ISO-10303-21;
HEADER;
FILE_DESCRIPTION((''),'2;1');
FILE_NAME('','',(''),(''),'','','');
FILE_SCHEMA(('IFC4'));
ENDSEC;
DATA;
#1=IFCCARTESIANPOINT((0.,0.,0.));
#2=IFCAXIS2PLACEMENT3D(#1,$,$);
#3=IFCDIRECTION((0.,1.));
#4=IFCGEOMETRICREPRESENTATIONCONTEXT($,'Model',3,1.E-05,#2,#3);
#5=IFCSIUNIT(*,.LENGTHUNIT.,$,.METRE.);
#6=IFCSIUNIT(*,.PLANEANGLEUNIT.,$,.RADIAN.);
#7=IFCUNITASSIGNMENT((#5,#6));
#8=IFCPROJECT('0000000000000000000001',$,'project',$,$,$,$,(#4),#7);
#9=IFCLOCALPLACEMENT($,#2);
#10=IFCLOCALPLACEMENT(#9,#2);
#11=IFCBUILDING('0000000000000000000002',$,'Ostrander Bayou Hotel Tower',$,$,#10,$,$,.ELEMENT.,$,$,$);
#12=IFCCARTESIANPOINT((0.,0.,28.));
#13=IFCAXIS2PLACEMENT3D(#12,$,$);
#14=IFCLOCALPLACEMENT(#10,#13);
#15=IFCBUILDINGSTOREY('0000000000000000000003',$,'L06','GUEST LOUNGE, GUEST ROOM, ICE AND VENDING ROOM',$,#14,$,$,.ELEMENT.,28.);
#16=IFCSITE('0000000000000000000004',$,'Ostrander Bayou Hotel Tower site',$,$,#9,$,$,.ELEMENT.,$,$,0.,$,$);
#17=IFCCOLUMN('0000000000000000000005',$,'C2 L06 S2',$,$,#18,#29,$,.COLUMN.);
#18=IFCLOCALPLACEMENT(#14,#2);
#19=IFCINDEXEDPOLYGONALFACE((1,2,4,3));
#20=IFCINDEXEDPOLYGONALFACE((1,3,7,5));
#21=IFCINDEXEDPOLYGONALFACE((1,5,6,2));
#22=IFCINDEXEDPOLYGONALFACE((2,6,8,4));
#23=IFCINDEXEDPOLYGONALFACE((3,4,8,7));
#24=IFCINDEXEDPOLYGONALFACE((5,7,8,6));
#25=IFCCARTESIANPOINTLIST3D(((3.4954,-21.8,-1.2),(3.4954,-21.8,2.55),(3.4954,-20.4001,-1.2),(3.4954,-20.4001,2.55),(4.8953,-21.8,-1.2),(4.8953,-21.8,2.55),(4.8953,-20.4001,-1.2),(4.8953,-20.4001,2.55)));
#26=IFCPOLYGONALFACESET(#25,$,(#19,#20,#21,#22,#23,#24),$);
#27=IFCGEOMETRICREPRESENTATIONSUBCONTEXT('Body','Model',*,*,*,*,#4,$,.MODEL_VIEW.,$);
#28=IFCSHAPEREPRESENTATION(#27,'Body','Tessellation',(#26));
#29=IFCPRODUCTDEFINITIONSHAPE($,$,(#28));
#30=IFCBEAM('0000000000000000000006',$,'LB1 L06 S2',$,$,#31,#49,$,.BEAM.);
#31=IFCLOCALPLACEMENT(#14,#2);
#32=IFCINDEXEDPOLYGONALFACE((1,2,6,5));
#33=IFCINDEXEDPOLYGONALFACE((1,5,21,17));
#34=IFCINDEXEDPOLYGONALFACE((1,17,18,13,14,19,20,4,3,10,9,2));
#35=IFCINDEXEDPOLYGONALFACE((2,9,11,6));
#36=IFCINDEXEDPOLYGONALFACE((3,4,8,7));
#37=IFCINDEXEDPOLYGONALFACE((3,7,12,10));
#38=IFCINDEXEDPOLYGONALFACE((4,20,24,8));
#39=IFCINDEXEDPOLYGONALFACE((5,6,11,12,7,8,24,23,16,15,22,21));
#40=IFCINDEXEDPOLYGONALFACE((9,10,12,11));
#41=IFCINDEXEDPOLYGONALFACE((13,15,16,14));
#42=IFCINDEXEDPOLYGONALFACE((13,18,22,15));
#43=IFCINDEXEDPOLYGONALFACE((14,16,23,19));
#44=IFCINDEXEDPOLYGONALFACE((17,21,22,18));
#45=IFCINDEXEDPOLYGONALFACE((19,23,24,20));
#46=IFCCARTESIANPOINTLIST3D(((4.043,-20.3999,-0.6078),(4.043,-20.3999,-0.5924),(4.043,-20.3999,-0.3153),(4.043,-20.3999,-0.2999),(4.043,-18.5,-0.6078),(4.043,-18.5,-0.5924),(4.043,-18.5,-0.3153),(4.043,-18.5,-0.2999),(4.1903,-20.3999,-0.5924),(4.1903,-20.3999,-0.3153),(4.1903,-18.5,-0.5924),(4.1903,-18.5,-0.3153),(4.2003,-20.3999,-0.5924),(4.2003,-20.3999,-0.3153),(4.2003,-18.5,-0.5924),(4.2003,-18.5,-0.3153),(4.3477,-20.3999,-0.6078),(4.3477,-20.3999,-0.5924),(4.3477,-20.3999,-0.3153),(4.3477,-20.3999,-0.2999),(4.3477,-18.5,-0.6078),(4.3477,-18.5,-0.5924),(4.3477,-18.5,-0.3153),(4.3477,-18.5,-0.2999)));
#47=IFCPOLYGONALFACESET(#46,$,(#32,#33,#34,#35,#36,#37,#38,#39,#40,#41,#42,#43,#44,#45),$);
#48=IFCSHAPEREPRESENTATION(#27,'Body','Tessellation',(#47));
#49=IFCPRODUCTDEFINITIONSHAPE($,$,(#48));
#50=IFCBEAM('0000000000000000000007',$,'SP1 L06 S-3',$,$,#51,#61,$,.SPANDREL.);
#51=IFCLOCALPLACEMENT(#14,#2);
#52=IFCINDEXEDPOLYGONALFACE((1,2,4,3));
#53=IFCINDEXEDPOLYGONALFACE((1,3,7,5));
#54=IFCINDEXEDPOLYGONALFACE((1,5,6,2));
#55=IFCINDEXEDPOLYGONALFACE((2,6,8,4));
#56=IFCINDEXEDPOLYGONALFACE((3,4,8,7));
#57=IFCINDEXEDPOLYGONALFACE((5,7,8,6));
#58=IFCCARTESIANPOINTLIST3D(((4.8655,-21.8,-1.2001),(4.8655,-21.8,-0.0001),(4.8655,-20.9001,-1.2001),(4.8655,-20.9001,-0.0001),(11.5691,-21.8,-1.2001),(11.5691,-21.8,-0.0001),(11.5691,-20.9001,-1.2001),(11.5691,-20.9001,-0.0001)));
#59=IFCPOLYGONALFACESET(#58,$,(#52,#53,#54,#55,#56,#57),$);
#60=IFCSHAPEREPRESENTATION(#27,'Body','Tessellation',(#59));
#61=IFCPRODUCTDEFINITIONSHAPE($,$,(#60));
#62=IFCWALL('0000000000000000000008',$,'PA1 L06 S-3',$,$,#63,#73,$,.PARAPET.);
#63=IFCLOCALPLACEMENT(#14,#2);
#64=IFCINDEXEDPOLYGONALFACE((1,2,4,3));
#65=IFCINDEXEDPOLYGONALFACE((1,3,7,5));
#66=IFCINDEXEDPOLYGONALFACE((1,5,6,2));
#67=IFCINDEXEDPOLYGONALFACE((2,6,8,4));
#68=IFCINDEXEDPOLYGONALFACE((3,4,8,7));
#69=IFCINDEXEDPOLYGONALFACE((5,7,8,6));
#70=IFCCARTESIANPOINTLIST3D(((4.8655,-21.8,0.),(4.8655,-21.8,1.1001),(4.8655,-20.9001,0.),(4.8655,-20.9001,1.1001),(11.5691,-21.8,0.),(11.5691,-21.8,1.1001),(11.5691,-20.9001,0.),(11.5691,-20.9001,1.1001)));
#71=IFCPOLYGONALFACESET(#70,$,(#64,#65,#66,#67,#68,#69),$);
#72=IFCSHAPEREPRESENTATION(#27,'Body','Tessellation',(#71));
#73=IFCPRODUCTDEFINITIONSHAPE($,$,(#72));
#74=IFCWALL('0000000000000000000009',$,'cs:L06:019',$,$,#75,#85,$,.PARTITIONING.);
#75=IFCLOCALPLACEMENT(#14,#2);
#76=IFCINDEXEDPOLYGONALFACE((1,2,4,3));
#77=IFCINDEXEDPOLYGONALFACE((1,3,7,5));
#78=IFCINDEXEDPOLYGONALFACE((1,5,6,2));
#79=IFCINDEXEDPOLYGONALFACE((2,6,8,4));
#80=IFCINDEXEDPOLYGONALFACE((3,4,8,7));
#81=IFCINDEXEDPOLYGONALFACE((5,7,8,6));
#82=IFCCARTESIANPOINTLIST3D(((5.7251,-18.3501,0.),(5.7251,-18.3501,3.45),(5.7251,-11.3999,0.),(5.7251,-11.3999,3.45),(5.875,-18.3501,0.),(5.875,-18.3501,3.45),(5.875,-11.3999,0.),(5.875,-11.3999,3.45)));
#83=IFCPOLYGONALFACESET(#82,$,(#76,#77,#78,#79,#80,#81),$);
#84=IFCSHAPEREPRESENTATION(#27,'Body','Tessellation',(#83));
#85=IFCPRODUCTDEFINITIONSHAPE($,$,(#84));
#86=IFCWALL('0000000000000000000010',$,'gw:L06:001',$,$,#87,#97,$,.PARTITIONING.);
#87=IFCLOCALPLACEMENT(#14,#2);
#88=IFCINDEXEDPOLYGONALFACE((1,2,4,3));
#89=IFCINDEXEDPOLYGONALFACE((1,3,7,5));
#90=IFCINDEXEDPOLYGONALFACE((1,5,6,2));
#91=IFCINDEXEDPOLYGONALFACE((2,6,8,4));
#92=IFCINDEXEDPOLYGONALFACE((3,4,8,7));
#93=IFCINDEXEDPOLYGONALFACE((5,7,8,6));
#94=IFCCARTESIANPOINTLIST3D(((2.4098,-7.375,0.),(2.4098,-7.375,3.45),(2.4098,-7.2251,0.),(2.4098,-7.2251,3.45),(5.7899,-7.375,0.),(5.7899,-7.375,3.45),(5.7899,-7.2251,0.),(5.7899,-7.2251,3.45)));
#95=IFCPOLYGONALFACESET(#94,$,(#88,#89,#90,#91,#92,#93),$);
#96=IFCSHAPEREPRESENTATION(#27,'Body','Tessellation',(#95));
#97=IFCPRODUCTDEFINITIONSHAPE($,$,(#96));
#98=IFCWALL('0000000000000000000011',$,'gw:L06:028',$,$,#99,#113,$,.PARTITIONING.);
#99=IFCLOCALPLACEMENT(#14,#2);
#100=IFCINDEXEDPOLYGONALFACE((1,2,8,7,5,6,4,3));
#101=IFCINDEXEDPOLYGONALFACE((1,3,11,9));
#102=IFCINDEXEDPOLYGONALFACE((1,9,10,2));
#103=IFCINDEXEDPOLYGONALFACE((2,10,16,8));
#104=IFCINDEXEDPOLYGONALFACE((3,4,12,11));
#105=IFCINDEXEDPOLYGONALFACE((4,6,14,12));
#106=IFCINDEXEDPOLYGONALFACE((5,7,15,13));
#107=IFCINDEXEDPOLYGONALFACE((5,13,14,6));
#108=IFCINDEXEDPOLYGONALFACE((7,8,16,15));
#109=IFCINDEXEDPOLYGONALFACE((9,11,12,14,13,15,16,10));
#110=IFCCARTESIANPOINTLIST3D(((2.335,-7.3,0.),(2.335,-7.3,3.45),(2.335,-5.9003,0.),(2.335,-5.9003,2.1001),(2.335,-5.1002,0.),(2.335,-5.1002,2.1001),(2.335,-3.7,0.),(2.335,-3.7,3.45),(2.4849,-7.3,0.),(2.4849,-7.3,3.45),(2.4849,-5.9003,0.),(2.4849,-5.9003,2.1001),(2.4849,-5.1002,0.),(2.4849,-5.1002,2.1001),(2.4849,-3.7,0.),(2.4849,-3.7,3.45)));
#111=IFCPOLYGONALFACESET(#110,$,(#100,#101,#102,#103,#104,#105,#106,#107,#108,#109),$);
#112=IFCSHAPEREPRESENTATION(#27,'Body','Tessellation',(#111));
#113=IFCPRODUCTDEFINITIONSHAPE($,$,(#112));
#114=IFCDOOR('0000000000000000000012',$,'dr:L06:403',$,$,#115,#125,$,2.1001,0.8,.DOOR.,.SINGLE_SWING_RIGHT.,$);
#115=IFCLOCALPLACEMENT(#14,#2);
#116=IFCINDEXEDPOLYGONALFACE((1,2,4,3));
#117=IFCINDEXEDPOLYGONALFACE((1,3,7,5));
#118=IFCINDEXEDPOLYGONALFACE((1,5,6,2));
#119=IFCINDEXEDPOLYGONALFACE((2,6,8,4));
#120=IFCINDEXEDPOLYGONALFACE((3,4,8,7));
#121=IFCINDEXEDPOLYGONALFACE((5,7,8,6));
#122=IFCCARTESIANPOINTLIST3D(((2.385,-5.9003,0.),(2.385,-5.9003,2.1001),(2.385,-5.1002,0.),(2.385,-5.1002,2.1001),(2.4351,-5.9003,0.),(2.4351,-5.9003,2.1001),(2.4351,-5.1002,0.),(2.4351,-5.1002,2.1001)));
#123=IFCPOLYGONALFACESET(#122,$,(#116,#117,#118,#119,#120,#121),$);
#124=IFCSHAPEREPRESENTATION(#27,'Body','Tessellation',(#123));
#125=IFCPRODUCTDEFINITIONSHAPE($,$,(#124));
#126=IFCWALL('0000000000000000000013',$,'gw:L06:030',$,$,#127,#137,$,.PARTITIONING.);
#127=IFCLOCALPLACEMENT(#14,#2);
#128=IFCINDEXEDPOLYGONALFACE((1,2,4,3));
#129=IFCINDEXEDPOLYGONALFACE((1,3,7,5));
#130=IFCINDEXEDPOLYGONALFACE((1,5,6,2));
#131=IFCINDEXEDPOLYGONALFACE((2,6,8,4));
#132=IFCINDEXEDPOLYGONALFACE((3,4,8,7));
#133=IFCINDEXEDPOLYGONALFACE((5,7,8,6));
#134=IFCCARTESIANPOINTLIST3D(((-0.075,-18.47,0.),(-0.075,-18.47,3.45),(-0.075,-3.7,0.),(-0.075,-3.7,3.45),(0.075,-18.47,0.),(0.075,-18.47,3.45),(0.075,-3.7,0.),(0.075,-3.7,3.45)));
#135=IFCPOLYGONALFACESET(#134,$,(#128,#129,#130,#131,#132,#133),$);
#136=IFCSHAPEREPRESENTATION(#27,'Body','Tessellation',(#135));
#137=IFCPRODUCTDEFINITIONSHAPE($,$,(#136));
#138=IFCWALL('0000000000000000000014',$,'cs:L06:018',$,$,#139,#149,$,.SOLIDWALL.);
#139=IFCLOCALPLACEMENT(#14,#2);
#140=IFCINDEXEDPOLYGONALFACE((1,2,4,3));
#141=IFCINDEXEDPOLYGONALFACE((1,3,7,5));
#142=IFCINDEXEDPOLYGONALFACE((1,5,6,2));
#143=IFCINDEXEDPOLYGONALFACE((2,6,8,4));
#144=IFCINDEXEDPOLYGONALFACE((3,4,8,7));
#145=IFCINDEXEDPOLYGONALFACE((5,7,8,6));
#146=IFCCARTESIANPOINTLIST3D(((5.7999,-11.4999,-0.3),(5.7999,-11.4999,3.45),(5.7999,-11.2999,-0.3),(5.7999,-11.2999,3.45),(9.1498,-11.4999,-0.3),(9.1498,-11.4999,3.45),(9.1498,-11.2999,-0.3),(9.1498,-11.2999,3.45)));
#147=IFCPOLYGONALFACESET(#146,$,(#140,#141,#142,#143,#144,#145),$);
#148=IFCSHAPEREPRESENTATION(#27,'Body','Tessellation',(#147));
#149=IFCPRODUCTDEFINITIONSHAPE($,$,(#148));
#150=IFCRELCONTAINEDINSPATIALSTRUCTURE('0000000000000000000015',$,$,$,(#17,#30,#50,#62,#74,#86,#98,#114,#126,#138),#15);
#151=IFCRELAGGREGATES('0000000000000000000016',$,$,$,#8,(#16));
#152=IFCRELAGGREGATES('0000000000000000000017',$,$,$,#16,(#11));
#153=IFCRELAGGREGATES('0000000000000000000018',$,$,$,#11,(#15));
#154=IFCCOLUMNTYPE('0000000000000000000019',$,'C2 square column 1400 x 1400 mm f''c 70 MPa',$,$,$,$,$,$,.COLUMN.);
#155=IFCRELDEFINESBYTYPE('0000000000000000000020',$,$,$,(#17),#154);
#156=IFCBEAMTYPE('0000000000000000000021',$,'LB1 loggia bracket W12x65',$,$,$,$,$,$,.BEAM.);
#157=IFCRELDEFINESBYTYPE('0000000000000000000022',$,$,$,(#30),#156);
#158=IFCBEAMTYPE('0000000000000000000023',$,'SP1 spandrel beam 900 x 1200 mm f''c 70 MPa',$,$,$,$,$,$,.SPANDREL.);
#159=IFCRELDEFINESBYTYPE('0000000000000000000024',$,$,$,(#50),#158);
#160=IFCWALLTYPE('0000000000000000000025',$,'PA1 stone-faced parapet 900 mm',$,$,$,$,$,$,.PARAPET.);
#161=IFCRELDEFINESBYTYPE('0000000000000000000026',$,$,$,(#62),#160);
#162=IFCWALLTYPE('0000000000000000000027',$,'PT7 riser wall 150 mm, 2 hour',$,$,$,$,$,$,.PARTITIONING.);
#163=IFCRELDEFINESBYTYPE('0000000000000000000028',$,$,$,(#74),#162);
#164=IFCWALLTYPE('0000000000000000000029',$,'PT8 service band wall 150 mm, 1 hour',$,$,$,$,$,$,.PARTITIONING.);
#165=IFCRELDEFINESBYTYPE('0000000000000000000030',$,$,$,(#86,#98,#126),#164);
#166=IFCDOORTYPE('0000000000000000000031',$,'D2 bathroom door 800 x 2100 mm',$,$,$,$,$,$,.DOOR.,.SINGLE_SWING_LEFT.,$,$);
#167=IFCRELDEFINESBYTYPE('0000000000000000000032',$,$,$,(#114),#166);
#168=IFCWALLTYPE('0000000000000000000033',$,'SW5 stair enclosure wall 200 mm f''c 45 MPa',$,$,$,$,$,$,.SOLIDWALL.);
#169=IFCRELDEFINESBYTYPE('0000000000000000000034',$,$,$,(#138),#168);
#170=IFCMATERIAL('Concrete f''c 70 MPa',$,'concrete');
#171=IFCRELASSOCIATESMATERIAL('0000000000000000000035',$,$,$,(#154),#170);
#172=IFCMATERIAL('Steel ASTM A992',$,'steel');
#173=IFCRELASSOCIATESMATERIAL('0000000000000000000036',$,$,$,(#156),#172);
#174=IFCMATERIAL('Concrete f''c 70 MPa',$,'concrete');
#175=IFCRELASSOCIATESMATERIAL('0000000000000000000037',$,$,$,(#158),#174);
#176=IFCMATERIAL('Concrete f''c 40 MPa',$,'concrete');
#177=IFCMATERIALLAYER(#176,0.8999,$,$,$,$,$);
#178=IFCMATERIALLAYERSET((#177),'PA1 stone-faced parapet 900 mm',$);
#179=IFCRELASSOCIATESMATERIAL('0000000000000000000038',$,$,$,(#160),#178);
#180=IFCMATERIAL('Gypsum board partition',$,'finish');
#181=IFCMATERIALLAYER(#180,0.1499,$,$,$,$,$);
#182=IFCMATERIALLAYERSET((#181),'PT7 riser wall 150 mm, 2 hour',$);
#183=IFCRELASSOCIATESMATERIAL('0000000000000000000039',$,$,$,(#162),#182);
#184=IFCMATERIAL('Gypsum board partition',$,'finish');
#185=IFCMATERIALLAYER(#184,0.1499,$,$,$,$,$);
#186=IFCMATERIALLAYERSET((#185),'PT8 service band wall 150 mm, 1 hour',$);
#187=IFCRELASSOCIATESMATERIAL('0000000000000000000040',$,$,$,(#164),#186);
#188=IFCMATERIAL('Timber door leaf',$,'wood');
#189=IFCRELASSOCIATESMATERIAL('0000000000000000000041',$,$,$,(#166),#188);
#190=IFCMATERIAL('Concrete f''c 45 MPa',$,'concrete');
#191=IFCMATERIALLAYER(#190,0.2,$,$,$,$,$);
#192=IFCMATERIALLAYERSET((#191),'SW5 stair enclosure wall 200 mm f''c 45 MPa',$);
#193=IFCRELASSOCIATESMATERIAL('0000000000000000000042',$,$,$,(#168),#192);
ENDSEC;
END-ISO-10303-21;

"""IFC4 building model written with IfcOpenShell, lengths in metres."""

from ifc_helpers import new_model, si_unit, direction, frame, frame_2d, origin, origin_2d, place, context, subcontext, project, spatial, rectangle, i_section, extrude, material, layer, layer_set, material_profile, profile_set, type_object, element, fill, save


model = new_model("IFC4")

# Units and contexts
model_context = context("Model", 3, precision=1e-05, world=origin(), true_north=direction((0.0, 1.0)))
body_context = subcontext(model_context, "Body", "Model", "MODEL_VIEW")
ifc_project = project(units=[si_unit("LENGTHUNIT", "METRE"), si_unit("PLANEANGLEUNIT", "RADIAN")], contexts=[model_context])

# Site, building, storey
site_placement = place(None, origin())
site = spatial("IfcSite", under=ifc_project, at=site_placement, Name="Ostrander Bayou Hotel Tower site", CompositionType="ELEMENT", RefElevation=0.0)
building_placement = place(site_placement, origin())
building = spatial("IfcBuilding", under=site, at=building_placement, Name="Ostrander Bayou Hotel Tower", CompositionType="ELEMENT")
storey_placement = place(building_placement, frame((0.0, 0.0, 28.0)))
storey = spatial("IfcBuildingStorey", under=building, at=storey_placement, Name="L06", Description="GUEST LOUNGE, GUEST ROOM, ICE AND VENDING ROOM", CompositionType="ELEMENT", Elevation=28.0)

# Column
ifc_material_1 = material(Name="Concrete f'c 70 MPa", Category="concrete")
ifc_material_profile_1 = material_profile(ifc_material_1, rectangle(XDim=1.3999, YDim=1.3999, at=origin_2d()))
ifc_profile_set_1 = profile_set([ifc_material_profile_1], Name="Concrete f'c 70 MPa")
column_type = type_object("IfcColumnType", Name="C2 square column 1400 x 1400 mm f'c 70 MPa", PredefinedType="COLUMN", material=ifc_profile_set_1)
column_placement = place(storey_placement, frame((4.1953, -21.1001, -1.2), z_axis=(0.0, 0.0, 1.0), x_axis=(-1.0, 0.0, 0.0)))
element("IfcColumn", 1, at=column_placement, inside=storey, type_object=column_type, Name="C2 L06 S2", PredefinedType="COLUMN", context=body_context, shape_type="SweptSolid", body=[
    extrude(rectangle(XDim=1.3999, YDim=1.3999, at=origin_2d()), origin(), (0.0, 0.0, 1.0), 3.75),
])

# Beams
ifc_material_2 = material(Name="Steel ASTM A992", Category="steel")
ifc_material_profile_2 = material_profile(ifc_material_2, i_section(OverallWidth=0.3047, OverallDepth=0.3079, WebThickness=0.01, FlangeThickness=0.0154, at=origin_2d()))
ifc_profile_set_2 = profile_set([ifc_material_profile_2], Name="Steel ASTM A992")
beam_type_1 = type_object("IfcBeamType", Name="LB1 loggia bracket W12x65", PredefinedType="BEAM", material=ifc_profile_set_2)
beam_1_placement = place(storey_placement, frame((4.1953, -20.3999, -0.4539), z_axis=(0.0, 1.0, 0.0), x_axis=(-1.0, 0.0, 0.0)))
element("IfcBeam", 2, at=beam_1_placement, inside=storey, type_object=beam_type_1, Name="LB1 L06 S2", PredefinedType="BEAM", context=body_context, shape_type="SweptSolid", body=[
    extrude(i_section(OverallWidth=0.3047, OverallDepth=0.3079, WebThickness=0.01, FlangeThickness=0.0154, at=origin_2d()), origin(), (0.0, 0.0, 1.0), 1.8999),
])
ifc_material_3 = material(Name="Concrete f'c 70 MPa", Category="concrete")
ifc_material_profile_3 = material_profile(ifc_material_3, rectangle(XDim=0.8999, YDim=1.2, at=origin_2d()))
ifc_profile_set_3 = profile_set([ifc_material_profile_3], Name="Concrete f'c 70 MPa")
beam_type_2 = type_object("IfcBeamType", Name="SP1 spandrel beam 900 x 1200 mm f'c 70 MPa", PredefinedType="SPANDREL", material=ifc_profile_set_3)
beam_2_placement = place(storey_placement, frame((4.8655, -21.3501, -0.6001), z_axis=(1.0, 0.0, 0.0), x_axis=(0.0, 1.0, 0.0)))
element("IfcBeam", 3, at=beam_2_placement, inside=storey, type_object=beam_type_2, Name="SP1 L06 S-3", PredefinedType="SPANDREL", context=body_context, shape_type="SweptSolid", body=[
    extrude(rectangle(XDim=0.8999, YDim=1.2, at=origin_2d()), origin(), (0.0, 0.0, 1.0), 6.7036),
])

# Walls
ifc_material_4 = material(Name="Concrete f'c 40 MPa", Category="concrete")
ifc_layer_1 = layer(ifc_material_4, 0.8999)
ifc_layer_set_1 = layer_set([ifc_layer_1], Name="PA1 stone-faced parapet 900 mm")
wall_type_1 = type_object("IfcWallType", Name="PA1 stone-faced parapet 900 mm", PredefinedType="PARAPET", material=ifc_layer_set_1)
wall_1_placement = place(storey_placement, frame((4.8655, -21.3501, 0.0), z_axis=(0.0, 0.0, 1.0), x_axis=(1.0, 0.0, 0.0)))
element("IfcWall", 4, at=wall_1_placement, inside=storey, type_object=wall_type_1, Name="PA1 L06 S-3", PredefinedType="PARAPET", context=body_context, shape_type="SweptSolid", body=[
    extrude(rectangle(XDim=6.7036, YDim=0.8999, at=frame_2d((3.3518, 0.0))), origin(), (0.0, 0.0, 1.0), 1.1001),
])
ifc_material_5 = material(Name="Gypsum board partition", Category="finish")
ifc_layer_2 = layer(ifc_material_5, 0.1499)
ifc_layer_set_2 = layer_set([ifc_layer_2], Name="PT7 riser wall 150 mm, 2 hour")
wall_type_2 = type_object("IfcWallType", Name="PT7 riser wall 150 mm, 2 hour", PredefinedType="PARTITIONING", material=ifc_layer_set_2)
wall_2_placement = place(storey_placement, frame((5.8, -11.3999, 0.0), z_axis=(0.0, 0.0, 1.0), x_axis=(0.0, -1.0, 0.0)))
element("IfcWall", 5, at=wall_2_placement, inside=storey, type_object=wall_type_2, Name="cs:L06:019", PredefinedType="PARTITIONING", context=body_context, shape_type="SweptSolid", body=[
    extrude(rectangle(XDim=6.9502, YDim=0.1499, at=frame_2d((3.4751, 0.0))), origin(), (0.0, 0.0, 1.0), 3.45),
])
ifc_material_6 = material(Name="Gypsum board partition", Category="finish")
ifc_layer_3 = layer(ifc_material_6, 0.1499)
ifc_layer_set_3 = layer_set([ifc_layer_3], Name="PT8 service band wall 150 mm, 1 hour")
wall_type_3 = type_object("IfcWallType", Name="PT8 service band wall 150 mm, 1 hour", PredefinedType="PARTITIONING", material=ifc_layer_set_3)
wall_3_placement = place(storey_placement, frame((2.4099, -7.3, 0.0), z_axis=(0.0, 0.0, 1.0), x_axis=(1.0, 0.0, 0.0)))
element("IfcWall", 6, at=wall_3_placement, inside=storey, type_object=wall_type_3, Name="gw:L06:001", PredefinedType="PARTITIONING", context=body_context, shape_type="SweptSolid", body=[
    extrude(rectangle(XDim=3.3801, YDim=0.1499, at=frame_2d((1.6899, 0.0))), origin(), (0.0, 0.0, 1.0), 3.45),
])

# Wall, opening, door
wall_4_placement = place(storey_placement, frame((2.4099, -7.3, 0.0), z_axis=(0.0, 0.0, 1.0), x_axis=(0.0, 1.0, 0.0)))
wall_4 = element("IfcWall", 7, at=wall_4_placement, inside=storey, type_object=wall_type_3, Name="gw:L06:028", PredefinedType="PARTITIONING", context=body_context, shape_type="SweptSolid", body=[
    extrude(rectangle(XDim=3.6001, YDim=0.1499, at=frame_2d((1.8, 0.0))), origin(), (0.0, 0.0, 1.0), 3.45),
])
opening_placement = place(wall_4_placement, frame((1.3999, 0.0, 0.0)))
opening = element("IfcOpeningElement", 8, at=opening_placement, cuts=wall_4, PredefinedType="OPENING", context=body_context, shape_type="SweptSolid", body=[
    extrude(rectangle(XDim=0.8, YDim=2.1001, at=frame_2d((0.3999, 1.05))), frame((0.0, 0.075, 0.0), z_axis=(0.0, -1.0, 0.0), x_axis=(1.0, 0.0, 0.0)), (0.0, 0.0, 1.0), 0.1499),
])
ifc_material_7 = material(Name="Timber door leaf", Category="wood")
door_type = type_object("IfcDoorType", Name="D2 bathroom door 800 x 2100 mm", OperationType="SINGLE_SWING_LEFT", PredefinedType="DOOR", material=ifc_material_7)
door_placement = place(opening_placement, origin())
door = element("IfcDoor", 9, at=door_placement, inside=storey, type_object=door_type, Name="dr:L06:403", OperationType="SINGLE_SWING_RIGHT", OverallHeight=2.1001, OverallWidth=0.8, PredefinedType="DOOR", context=body_context, shape_type="SweptSolid", body=[
    extrude(rectangle(XDim=0.8, YDim=2.1001, at=frame_2d((0.3999, 1.05))), frame((0.0, 0.0249, 0.0), z_axis=(0.0, -1.0, 0.0), x_axis=(1.0, 0.0, 0.0)), (0.0, 0.0, 1.0), 0.05),
])
fill(opening, door)

# Walls
wall_5_placement = place(storey_placement, frame((0.0, -18.47, 0.0), z_axis=(0.0, 0.0, 1.0), x_axis=(0.0, 1.0, 0.0)))
element("IfcWall", 10, at=wall_5_placement, inside=storey, type_object=wall_type_3, Name="gw:L06:030", PredefinedType="PARTITIONING", context=body_context, shape_type="SweptSolid", body=[
    extrude(rectangle(XDim=14.77, YDim=0.1499, at=frame_2d((7.385, 0.0))), origin(), (0.0, 0.0, 1.0), 3.45),
])
ifc_material_8 = material(Name="Concrete f'c 45 MPa", Category="concrete")
ifc_layer_4 = layer(ifc_material_8, 0.2)
ifc_layer_set_4 = layer_set([ifc_layer_4], Name="SW5 stair enclosure wall 200 mm f'c 45 MPa")
wall_type_4 = type_object("IfcWallType", Name="SW5 stair enclosure wall 200 mm f'c 45 MPa", PredefinedType="SOLIDWALL", material=ifc_layer_set_4)
wall_6_placement = place(storey_placement, frame((5.8, -11.3999, -0.3), z_axis=(0.0, 0.0, 1.0), x_axis=(1.0, 0.0, 0.0)))
element("IfcWall", 11, at=wall_6_placement, inside=storey, type_object=wall_type_4, Name="cs:L06:018", PredefinedType="SOLIDWALL", context=body_context, shape_type="SweptSolid", body=[
    extrude(rectangle(XDim=3.3499, YDim=0.2, at=frame_2d((1.6748, 0.0))), origin(), (0.0, 0.0, 1.0), 3.75),
])

save(model, "model.ifc")
